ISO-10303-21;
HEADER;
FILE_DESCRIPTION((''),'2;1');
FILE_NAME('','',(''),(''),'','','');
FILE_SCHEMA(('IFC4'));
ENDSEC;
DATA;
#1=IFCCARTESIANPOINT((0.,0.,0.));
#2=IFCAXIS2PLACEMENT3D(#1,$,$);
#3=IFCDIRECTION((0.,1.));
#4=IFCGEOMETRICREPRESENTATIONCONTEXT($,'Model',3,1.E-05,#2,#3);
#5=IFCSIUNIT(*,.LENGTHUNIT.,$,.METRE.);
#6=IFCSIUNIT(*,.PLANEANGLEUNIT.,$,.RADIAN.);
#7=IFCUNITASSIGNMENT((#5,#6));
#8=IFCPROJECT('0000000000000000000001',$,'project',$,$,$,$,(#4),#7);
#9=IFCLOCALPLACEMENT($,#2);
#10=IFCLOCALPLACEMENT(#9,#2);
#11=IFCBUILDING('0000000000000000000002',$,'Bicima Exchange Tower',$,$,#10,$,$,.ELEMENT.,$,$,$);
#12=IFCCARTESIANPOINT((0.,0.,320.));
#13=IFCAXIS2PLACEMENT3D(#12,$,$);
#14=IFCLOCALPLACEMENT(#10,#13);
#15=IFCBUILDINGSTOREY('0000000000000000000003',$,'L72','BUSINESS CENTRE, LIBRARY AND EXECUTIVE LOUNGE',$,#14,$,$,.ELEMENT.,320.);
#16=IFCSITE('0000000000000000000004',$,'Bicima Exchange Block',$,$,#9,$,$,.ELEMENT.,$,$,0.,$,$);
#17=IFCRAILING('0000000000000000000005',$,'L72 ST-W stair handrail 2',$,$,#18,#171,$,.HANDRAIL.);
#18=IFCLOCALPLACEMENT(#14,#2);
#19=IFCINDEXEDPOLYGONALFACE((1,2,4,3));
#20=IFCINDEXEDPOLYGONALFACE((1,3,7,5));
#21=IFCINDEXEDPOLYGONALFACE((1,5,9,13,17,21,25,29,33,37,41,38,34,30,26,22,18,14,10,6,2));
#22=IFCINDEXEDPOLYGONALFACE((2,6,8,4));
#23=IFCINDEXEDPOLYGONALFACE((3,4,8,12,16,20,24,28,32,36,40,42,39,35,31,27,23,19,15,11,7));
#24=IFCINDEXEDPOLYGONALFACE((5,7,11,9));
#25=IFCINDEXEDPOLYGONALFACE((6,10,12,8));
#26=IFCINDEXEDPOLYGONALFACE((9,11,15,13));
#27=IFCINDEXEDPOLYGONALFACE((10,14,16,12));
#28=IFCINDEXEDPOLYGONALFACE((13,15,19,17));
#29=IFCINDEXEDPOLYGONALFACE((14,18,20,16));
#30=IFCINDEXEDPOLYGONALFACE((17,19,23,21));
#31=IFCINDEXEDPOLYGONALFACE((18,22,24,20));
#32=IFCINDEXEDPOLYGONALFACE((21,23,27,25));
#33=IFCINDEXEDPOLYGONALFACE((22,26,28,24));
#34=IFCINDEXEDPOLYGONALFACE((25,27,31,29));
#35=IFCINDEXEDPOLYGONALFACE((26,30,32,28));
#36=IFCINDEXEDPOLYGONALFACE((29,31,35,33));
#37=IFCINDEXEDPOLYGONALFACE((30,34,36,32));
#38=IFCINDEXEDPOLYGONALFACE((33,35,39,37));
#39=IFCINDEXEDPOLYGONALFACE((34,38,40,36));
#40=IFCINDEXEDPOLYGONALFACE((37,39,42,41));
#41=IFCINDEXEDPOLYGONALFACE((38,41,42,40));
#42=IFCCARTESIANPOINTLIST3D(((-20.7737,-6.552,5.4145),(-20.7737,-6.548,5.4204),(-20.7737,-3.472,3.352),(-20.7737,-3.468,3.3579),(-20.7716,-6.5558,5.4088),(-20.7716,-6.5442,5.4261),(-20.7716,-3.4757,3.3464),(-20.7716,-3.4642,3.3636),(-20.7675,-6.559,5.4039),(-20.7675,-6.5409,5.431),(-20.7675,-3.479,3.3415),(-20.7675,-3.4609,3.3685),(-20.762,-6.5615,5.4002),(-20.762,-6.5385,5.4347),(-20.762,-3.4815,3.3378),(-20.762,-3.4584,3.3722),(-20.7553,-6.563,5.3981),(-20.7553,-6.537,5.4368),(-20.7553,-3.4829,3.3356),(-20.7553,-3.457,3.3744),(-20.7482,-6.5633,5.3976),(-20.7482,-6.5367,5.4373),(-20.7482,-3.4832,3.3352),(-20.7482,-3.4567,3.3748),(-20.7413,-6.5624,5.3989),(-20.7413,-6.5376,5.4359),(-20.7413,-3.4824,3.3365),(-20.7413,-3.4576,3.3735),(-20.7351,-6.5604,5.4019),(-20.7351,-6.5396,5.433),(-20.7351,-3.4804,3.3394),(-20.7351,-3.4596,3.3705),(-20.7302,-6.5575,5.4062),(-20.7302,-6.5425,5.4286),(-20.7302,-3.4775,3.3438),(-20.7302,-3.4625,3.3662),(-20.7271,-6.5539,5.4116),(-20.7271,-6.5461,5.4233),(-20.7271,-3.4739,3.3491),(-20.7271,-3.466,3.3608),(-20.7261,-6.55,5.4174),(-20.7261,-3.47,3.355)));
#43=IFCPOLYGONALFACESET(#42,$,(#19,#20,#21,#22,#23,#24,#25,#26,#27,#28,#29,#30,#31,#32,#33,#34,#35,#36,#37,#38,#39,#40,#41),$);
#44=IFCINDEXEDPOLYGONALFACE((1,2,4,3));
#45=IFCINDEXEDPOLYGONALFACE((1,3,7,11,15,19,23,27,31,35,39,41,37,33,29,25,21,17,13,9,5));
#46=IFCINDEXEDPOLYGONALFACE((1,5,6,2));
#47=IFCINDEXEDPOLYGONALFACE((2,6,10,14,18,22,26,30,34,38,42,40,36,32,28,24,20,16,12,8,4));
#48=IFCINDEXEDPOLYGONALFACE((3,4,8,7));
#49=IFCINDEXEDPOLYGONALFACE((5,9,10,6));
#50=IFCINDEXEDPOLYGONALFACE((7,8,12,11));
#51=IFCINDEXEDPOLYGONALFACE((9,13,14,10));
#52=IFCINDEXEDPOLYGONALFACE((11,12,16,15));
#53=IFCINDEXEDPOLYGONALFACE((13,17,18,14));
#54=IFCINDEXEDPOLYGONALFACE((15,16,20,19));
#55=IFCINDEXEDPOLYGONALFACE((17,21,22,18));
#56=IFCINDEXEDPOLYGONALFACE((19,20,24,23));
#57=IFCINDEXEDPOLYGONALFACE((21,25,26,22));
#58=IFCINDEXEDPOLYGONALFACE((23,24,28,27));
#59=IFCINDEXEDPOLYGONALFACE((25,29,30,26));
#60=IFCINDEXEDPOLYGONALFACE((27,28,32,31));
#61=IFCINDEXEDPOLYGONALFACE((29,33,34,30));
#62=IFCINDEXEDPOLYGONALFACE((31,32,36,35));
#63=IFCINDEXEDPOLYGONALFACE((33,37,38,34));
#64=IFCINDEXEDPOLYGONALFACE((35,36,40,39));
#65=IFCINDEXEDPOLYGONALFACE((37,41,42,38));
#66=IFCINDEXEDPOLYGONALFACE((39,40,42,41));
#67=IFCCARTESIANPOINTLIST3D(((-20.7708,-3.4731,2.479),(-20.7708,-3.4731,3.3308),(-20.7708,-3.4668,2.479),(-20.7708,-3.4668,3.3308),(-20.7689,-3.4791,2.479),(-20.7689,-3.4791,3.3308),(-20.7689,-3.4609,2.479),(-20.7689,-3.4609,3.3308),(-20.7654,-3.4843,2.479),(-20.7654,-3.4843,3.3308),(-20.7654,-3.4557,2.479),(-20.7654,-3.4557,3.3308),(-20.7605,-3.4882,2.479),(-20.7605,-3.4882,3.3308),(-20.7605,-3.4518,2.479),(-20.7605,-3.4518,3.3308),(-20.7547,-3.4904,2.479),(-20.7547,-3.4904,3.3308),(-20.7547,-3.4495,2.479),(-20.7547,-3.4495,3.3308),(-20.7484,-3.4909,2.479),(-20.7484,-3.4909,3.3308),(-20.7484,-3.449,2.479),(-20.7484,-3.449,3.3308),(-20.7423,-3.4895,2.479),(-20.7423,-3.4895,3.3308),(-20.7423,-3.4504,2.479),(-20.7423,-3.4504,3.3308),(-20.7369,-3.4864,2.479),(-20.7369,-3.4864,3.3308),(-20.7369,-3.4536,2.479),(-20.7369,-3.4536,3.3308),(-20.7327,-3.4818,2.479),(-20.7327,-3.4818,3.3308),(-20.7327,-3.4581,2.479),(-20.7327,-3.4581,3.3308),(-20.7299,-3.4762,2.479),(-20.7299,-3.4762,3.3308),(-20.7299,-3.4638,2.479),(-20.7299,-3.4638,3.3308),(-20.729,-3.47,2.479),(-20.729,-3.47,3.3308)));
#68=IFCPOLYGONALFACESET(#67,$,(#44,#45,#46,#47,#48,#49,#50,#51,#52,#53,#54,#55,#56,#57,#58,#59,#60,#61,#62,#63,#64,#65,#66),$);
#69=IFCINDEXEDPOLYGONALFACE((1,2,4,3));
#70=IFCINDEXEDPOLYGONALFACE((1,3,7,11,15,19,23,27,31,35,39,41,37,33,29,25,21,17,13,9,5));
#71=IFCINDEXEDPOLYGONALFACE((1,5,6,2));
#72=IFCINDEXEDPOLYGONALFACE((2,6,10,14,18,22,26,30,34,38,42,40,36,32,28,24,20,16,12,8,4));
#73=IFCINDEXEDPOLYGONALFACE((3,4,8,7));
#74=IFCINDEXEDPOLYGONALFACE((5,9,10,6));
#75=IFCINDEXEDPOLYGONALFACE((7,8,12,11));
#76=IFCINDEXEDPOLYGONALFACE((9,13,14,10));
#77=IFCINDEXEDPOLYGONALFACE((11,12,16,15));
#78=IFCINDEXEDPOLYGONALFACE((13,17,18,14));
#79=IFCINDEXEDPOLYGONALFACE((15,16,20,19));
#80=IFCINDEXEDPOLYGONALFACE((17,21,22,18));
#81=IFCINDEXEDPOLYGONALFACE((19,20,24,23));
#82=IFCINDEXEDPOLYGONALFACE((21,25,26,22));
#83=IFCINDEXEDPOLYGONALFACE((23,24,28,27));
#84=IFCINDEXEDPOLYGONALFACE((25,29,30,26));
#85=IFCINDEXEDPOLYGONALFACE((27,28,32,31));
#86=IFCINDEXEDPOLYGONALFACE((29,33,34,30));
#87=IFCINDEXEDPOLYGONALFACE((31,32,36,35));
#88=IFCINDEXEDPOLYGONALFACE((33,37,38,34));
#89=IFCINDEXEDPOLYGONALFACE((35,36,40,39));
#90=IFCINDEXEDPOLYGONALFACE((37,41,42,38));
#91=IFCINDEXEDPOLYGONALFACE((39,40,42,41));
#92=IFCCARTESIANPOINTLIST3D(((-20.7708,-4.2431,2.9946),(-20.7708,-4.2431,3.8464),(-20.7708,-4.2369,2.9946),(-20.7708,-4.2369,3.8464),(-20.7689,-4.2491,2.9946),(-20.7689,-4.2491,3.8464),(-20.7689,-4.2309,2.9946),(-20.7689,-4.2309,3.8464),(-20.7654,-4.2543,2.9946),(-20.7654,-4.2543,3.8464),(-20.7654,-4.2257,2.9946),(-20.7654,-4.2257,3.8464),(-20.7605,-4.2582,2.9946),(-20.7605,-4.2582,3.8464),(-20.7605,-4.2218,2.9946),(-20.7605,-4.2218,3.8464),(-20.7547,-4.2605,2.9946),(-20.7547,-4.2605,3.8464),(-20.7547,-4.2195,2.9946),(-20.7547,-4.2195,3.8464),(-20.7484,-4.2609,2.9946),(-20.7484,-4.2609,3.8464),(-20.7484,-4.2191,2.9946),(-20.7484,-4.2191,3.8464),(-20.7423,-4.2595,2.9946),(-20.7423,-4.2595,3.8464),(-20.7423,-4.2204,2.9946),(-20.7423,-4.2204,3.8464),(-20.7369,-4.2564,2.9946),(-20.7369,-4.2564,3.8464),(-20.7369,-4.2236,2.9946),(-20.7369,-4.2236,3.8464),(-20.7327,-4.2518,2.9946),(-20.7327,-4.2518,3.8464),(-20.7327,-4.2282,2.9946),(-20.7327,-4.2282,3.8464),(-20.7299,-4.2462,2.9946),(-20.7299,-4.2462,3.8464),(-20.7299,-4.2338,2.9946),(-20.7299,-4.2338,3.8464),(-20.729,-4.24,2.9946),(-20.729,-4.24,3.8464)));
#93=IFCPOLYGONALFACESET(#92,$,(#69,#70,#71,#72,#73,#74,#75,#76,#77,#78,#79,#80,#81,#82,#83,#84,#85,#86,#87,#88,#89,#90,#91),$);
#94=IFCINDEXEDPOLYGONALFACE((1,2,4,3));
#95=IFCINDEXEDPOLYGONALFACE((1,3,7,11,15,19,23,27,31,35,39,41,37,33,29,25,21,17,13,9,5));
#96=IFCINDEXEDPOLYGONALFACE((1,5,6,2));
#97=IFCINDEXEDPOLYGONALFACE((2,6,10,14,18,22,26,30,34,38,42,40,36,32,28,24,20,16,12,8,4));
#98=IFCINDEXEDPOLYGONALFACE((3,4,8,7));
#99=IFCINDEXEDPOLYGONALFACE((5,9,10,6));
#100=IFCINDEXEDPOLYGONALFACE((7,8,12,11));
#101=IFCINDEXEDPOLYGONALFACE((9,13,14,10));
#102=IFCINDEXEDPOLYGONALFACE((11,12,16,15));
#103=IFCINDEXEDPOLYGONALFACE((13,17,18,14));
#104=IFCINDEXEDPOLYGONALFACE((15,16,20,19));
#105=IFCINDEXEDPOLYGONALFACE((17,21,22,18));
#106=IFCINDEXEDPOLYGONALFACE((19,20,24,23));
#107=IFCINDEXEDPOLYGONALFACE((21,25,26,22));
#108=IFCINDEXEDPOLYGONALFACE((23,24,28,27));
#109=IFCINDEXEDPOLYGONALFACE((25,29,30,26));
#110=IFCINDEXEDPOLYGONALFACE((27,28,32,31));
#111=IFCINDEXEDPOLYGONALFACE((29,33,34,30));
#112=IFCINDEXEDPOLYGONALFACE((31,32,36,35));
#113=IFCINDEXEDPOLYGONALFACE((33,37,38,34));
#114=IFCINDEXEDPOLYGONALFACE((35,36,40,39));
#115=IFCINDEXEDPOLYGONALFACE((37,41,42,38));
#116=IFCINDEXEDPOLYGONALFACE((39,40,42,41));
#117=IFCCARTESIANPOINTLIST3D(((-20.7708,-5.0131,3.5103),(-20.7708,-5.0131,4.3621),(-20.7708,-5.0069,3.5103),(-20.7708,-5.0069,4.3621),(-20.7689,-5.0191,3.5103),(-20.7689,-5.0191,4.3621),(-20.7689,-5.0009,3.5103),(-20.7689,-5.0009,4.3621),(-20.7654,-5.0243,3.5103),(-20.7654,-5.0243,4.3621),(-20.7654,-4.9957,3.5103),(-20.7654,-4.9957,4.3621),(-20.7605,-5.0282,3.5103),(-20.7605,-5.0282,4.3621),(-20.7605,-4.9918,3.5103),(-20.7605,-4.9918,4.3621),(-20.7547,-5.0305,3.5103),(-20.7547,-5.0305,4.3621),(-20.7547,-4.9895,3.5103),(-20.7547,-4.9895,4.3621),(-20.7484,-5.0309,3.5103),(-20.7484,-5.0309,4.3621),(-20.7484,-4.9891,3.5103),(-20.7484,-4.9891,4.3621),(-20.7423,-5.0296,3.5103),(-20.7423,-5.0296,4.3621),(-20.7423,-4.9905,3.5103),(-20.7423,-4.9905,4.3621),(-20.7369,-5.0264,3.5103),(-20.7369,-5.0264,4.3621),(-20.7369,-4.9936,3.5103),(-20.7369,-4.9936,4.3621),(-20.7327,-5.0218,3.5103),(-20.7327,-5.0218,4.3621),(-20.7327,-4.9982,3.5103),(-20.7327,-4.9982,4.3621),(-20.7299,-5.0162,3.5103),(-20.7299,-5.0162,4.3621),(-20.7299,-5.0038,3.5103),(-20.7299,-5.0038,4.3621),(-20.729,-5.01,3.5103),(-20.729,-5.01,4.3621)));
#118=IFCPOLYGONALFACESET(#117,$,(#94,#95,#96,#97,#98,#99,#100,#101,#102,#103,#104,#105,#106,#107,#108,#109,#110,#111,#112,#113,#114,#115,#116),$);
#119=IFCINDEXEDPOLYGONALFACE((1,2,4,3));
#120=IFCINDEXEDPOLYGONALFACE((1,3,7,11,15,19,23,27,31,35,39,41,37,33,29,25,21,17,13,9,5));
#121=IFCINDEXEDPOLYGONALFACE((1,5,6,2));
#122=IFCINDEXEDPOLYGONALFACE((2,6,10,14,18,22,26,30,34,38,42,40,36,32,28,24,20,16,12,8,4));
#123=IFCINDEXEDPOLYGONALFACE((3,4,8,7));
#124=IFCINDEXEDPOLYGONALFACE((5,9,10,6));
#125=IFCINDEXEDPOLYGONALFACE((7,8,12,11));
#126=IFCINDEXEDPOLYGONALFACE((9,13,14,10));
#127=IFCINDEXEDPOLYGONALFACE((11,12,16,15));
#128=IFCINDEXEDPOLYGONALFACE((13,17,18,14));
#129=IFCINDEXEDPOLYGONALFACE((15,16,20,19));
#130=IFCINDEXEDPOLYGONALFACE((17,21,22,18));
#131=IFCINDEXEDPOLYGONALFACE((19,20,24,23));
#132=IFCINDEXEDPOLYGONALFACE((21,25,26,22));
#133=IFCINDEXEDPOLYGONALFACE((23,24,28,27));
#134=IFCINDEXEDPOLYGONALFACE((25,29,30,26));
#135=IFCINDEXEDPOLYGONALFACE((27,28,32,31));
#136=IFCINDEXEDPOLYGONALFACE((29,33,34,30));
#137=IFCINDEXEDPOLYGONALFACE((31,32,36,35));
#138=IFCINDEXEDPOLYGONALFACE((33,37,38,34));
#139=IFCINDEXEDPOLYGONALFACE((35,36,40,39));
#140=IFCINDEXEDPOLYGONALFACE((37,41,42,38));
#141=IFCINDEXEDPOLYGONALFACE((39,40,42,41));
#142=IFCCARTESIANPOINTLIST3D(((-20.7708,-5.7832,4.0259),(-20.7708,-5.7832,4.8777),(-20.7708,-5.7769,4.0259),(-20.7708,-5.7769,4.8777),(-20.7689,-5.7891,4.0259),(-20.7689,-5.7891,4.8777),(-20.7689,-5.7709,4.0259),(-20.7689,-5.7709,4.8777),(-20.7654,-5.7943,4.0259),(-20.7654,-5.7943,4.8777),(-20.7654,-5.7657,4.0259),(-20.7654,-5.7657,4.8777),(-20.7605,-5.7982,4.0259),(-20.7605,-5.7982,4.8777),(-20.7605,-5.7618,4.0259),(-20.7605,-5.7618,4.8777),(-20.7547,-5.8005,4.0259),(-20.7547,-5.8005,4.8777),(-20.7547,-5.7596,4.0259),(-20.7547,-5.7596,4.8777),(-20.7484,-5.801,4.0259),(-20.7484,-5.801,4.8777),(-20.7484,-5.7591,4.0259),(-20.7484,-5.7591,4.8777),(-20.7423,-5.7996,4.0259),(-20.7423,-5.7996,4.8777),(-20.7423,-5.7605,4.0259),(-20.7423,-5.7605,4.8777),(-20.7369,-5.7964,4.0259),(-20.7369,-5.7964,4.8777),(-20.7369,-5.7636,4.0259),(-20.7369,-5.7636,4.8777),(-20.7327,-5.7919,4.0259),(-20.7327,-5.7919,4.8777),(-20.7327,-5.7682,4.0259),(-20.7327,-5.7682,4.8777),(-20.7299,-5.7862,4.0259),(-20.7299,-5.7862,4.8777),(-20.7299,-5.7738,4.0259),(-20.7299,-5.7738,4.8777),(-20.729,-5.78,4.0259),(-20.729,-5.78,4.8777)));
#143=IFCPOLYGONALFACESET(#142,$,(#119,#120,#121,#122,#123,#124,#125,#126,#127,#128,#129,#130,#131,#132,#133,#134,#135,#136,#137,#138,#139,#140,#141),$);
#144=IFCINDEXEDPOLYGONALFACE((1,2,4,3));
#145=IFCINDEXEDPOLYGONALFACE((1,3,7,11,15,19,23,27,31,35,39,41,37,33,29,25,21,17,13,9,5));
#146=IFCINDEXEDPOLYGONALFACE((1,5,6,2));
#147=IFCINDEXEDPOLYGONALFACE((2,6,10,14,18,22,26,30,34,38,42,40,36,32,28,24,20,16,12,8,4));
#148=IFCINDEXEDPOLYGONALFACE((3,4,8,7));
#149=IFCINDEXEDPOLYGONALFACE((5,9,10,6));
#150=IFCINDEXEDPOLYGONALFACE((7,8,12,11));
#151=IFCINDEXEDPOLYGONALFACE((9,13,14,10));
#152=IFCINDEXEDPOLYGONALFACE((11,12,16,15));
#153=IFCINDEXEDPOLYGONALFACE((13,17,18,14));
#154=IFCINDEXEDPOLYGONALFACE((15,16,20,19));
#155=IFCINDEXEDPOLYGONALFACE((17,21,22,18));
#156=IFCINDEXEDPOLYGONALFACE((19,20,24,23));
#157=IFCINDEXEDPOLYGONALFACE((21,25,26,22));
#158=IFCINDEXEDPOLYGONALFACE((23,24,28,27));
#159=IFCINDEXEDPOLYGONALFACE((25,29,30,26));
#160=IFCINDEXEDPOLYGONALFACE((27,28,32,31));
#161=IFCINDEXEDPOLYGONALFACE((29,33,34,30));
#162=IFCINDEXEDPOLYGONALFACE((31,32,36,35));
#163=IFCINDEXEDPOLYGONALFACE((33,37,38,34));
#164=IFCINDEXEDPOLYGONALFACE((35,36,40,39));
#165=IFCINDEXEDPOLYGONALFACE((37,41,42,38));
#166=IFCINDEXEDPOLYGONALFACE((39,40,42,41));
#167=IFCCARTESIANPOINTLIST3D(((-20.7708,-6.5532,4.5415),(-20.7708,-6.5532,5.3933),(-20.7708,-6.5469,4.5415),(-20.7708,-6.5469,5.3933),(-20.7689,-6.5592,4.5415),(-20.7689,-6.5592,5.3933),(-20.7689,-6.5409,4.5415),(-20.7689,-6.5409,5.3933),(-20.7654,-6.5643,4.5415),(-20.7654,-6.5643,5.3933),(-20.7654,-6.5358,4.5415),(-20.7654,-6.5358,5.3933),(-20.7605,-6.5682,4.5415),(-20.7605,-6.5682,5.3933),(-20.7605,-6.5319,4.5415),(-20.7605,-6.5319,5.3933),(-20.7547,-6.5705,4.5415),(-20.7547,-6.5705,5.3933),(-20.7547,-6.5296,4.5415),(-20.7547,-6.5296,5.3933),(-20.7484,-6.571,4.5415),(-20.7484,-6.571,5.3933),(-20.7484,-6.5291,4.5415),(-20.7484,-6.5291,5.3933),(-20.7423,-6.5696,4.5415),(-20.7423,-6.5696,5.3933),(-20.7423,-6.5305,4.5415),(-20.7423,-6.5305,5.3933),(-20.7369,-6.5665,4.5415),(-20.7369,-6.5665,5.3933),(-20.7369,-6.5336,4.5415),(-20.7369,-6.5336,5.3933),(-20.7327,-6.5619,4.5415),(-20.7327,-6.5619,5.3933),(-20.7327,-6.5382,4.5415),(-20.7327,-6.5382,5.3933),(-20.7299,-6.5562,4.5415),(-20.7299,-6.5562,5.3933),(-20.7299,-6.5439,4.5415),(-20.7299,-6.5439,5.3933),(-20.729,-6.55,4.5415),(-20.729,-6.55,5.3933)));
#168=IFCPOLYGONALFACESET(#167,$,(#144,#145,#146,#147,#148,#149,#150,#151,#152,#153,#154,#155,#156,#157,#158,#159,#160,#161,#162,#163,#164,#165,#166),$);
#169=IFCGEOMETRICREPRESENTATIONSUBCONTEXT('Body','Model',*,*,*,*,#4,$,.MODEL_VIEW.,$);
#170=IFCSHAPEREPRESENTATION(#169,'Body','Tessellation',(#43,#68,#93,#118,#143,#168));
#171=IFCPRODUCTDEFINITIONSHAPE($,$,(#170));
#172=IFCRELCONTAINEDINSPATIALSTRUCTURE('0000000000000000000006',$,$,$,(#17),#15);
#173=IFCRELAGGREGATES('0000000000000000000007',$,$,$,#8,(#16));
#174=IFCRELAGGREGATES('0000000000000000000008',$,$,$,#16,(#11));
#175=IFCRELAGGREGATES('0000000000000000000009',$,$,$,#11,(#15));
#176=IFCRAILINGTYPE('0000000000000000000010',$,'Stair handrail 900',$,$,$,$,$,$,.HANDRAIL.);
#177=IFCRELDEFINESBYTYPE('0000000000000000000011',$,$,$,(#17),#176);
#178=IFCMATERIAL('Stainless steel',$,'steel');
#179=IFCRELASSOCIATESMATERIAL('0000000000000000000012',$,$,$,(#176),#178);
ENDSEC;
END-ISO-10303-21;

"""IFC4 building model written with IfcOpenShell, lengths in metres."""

from ifc_helpers import new_model, si_unit, direction, frame, origin, origin_2d, place, context, subcontext, project, spatial, circle, extrude, material, type_object, element, save


model = new_model("IFC4")

# Units and contexts
model_context = context("Model", 3, precision=1e-05, world=origin(), true_north=direction((0.0, 1.0)))
body_context = subcontext(model_context, "Body", "Model", "MODEL_VIEW")
ifc_project = project(units=[si_unit("LENGTHUNIT", "METRE"), si_unit("PLANEANGLEUNIT", "RADIAN")], contexts=[model_context])

# Site, building, storey
site_placement = place(None, origin())
site = spatial("IfcSite", under=ifc_project, at=site_placement, Name="Bicima Exchange Block", CompositionType="ELEMENT", RefElevation=0.0)
building_placement = place(site_placement, origin())
building = spatial("IfcBuilding", under=site, at=building_placement, Name="Bicima Exchange Tower", CompositionType="ELEMENT")
storey_placement = place(building_placement, frame((0.0, 0.0, 320.0)))
storey = spatial("IfcBuildingStorey", under=building, at=storey_placement, Name="L72", Description="BUSINESS CENTRE, LIBRARY AND EXECUTIVE LOUNGE", CompositionType="ELEMENT", Elevation=320.0)

# Railing
ifc_material_1 = material(Name="Stainless steel", Category="steel")
railing_type_1 = type_object("IfcRailingType", Name="Stair handrail 900", PredefinedType="HANDRAIL", material=ifc_material_1)
railing_1_placement = place(storey_placement, frame((-20.75, -3.47, 2.479)))
element("IfcRailing", 1, at=railing_1_placement, inside=storey, type_object=railing_type_1, Name="L72 ST-W stair handrail 2", PredefinedType="HANDRAIL", context=body_context, shape_type="SweptSolid", body=[
    extrude(circle(Radius=0.0239, at=origin_2d()), frame((0.0, 0.0, 0.876), z_axis=(0.0, -0.830914, 0.556401), x_axis=(1.0, 0.0, 0.0)), (0.0, 0.0, 1.0), 3.7068),
    extrude(circle(Radius=0.021, at=origin_2d()), origin(), (0.0, 0.0, 1.0), 0.8518),
    extrude(circle(Radius=0.021, at=origin_2d()), frame((0.0, -0.77, 0.5156)), (0.0, 0.0, 1.0), 0.8518),
    extrude(circle(Radius=0.021, at=origin_2d()), frame((0.0, -1.54, 1.0312)), (0.0, 0.0, 1.0), 0.8518),
    extrude(circle(Radius=0.021, at=origin_2d()), frame((0.0, -2.3101, 1.5469)), (0.0, 0.0, 1.0), 0.8518),
    extrude(circle(Radius=0.021, at=origin_2d()), frame((0.0, -3.0801, 2.0625)), (0.0, 0.0, 1.0), 0.8518),
])

save(model, "model.ifc")
